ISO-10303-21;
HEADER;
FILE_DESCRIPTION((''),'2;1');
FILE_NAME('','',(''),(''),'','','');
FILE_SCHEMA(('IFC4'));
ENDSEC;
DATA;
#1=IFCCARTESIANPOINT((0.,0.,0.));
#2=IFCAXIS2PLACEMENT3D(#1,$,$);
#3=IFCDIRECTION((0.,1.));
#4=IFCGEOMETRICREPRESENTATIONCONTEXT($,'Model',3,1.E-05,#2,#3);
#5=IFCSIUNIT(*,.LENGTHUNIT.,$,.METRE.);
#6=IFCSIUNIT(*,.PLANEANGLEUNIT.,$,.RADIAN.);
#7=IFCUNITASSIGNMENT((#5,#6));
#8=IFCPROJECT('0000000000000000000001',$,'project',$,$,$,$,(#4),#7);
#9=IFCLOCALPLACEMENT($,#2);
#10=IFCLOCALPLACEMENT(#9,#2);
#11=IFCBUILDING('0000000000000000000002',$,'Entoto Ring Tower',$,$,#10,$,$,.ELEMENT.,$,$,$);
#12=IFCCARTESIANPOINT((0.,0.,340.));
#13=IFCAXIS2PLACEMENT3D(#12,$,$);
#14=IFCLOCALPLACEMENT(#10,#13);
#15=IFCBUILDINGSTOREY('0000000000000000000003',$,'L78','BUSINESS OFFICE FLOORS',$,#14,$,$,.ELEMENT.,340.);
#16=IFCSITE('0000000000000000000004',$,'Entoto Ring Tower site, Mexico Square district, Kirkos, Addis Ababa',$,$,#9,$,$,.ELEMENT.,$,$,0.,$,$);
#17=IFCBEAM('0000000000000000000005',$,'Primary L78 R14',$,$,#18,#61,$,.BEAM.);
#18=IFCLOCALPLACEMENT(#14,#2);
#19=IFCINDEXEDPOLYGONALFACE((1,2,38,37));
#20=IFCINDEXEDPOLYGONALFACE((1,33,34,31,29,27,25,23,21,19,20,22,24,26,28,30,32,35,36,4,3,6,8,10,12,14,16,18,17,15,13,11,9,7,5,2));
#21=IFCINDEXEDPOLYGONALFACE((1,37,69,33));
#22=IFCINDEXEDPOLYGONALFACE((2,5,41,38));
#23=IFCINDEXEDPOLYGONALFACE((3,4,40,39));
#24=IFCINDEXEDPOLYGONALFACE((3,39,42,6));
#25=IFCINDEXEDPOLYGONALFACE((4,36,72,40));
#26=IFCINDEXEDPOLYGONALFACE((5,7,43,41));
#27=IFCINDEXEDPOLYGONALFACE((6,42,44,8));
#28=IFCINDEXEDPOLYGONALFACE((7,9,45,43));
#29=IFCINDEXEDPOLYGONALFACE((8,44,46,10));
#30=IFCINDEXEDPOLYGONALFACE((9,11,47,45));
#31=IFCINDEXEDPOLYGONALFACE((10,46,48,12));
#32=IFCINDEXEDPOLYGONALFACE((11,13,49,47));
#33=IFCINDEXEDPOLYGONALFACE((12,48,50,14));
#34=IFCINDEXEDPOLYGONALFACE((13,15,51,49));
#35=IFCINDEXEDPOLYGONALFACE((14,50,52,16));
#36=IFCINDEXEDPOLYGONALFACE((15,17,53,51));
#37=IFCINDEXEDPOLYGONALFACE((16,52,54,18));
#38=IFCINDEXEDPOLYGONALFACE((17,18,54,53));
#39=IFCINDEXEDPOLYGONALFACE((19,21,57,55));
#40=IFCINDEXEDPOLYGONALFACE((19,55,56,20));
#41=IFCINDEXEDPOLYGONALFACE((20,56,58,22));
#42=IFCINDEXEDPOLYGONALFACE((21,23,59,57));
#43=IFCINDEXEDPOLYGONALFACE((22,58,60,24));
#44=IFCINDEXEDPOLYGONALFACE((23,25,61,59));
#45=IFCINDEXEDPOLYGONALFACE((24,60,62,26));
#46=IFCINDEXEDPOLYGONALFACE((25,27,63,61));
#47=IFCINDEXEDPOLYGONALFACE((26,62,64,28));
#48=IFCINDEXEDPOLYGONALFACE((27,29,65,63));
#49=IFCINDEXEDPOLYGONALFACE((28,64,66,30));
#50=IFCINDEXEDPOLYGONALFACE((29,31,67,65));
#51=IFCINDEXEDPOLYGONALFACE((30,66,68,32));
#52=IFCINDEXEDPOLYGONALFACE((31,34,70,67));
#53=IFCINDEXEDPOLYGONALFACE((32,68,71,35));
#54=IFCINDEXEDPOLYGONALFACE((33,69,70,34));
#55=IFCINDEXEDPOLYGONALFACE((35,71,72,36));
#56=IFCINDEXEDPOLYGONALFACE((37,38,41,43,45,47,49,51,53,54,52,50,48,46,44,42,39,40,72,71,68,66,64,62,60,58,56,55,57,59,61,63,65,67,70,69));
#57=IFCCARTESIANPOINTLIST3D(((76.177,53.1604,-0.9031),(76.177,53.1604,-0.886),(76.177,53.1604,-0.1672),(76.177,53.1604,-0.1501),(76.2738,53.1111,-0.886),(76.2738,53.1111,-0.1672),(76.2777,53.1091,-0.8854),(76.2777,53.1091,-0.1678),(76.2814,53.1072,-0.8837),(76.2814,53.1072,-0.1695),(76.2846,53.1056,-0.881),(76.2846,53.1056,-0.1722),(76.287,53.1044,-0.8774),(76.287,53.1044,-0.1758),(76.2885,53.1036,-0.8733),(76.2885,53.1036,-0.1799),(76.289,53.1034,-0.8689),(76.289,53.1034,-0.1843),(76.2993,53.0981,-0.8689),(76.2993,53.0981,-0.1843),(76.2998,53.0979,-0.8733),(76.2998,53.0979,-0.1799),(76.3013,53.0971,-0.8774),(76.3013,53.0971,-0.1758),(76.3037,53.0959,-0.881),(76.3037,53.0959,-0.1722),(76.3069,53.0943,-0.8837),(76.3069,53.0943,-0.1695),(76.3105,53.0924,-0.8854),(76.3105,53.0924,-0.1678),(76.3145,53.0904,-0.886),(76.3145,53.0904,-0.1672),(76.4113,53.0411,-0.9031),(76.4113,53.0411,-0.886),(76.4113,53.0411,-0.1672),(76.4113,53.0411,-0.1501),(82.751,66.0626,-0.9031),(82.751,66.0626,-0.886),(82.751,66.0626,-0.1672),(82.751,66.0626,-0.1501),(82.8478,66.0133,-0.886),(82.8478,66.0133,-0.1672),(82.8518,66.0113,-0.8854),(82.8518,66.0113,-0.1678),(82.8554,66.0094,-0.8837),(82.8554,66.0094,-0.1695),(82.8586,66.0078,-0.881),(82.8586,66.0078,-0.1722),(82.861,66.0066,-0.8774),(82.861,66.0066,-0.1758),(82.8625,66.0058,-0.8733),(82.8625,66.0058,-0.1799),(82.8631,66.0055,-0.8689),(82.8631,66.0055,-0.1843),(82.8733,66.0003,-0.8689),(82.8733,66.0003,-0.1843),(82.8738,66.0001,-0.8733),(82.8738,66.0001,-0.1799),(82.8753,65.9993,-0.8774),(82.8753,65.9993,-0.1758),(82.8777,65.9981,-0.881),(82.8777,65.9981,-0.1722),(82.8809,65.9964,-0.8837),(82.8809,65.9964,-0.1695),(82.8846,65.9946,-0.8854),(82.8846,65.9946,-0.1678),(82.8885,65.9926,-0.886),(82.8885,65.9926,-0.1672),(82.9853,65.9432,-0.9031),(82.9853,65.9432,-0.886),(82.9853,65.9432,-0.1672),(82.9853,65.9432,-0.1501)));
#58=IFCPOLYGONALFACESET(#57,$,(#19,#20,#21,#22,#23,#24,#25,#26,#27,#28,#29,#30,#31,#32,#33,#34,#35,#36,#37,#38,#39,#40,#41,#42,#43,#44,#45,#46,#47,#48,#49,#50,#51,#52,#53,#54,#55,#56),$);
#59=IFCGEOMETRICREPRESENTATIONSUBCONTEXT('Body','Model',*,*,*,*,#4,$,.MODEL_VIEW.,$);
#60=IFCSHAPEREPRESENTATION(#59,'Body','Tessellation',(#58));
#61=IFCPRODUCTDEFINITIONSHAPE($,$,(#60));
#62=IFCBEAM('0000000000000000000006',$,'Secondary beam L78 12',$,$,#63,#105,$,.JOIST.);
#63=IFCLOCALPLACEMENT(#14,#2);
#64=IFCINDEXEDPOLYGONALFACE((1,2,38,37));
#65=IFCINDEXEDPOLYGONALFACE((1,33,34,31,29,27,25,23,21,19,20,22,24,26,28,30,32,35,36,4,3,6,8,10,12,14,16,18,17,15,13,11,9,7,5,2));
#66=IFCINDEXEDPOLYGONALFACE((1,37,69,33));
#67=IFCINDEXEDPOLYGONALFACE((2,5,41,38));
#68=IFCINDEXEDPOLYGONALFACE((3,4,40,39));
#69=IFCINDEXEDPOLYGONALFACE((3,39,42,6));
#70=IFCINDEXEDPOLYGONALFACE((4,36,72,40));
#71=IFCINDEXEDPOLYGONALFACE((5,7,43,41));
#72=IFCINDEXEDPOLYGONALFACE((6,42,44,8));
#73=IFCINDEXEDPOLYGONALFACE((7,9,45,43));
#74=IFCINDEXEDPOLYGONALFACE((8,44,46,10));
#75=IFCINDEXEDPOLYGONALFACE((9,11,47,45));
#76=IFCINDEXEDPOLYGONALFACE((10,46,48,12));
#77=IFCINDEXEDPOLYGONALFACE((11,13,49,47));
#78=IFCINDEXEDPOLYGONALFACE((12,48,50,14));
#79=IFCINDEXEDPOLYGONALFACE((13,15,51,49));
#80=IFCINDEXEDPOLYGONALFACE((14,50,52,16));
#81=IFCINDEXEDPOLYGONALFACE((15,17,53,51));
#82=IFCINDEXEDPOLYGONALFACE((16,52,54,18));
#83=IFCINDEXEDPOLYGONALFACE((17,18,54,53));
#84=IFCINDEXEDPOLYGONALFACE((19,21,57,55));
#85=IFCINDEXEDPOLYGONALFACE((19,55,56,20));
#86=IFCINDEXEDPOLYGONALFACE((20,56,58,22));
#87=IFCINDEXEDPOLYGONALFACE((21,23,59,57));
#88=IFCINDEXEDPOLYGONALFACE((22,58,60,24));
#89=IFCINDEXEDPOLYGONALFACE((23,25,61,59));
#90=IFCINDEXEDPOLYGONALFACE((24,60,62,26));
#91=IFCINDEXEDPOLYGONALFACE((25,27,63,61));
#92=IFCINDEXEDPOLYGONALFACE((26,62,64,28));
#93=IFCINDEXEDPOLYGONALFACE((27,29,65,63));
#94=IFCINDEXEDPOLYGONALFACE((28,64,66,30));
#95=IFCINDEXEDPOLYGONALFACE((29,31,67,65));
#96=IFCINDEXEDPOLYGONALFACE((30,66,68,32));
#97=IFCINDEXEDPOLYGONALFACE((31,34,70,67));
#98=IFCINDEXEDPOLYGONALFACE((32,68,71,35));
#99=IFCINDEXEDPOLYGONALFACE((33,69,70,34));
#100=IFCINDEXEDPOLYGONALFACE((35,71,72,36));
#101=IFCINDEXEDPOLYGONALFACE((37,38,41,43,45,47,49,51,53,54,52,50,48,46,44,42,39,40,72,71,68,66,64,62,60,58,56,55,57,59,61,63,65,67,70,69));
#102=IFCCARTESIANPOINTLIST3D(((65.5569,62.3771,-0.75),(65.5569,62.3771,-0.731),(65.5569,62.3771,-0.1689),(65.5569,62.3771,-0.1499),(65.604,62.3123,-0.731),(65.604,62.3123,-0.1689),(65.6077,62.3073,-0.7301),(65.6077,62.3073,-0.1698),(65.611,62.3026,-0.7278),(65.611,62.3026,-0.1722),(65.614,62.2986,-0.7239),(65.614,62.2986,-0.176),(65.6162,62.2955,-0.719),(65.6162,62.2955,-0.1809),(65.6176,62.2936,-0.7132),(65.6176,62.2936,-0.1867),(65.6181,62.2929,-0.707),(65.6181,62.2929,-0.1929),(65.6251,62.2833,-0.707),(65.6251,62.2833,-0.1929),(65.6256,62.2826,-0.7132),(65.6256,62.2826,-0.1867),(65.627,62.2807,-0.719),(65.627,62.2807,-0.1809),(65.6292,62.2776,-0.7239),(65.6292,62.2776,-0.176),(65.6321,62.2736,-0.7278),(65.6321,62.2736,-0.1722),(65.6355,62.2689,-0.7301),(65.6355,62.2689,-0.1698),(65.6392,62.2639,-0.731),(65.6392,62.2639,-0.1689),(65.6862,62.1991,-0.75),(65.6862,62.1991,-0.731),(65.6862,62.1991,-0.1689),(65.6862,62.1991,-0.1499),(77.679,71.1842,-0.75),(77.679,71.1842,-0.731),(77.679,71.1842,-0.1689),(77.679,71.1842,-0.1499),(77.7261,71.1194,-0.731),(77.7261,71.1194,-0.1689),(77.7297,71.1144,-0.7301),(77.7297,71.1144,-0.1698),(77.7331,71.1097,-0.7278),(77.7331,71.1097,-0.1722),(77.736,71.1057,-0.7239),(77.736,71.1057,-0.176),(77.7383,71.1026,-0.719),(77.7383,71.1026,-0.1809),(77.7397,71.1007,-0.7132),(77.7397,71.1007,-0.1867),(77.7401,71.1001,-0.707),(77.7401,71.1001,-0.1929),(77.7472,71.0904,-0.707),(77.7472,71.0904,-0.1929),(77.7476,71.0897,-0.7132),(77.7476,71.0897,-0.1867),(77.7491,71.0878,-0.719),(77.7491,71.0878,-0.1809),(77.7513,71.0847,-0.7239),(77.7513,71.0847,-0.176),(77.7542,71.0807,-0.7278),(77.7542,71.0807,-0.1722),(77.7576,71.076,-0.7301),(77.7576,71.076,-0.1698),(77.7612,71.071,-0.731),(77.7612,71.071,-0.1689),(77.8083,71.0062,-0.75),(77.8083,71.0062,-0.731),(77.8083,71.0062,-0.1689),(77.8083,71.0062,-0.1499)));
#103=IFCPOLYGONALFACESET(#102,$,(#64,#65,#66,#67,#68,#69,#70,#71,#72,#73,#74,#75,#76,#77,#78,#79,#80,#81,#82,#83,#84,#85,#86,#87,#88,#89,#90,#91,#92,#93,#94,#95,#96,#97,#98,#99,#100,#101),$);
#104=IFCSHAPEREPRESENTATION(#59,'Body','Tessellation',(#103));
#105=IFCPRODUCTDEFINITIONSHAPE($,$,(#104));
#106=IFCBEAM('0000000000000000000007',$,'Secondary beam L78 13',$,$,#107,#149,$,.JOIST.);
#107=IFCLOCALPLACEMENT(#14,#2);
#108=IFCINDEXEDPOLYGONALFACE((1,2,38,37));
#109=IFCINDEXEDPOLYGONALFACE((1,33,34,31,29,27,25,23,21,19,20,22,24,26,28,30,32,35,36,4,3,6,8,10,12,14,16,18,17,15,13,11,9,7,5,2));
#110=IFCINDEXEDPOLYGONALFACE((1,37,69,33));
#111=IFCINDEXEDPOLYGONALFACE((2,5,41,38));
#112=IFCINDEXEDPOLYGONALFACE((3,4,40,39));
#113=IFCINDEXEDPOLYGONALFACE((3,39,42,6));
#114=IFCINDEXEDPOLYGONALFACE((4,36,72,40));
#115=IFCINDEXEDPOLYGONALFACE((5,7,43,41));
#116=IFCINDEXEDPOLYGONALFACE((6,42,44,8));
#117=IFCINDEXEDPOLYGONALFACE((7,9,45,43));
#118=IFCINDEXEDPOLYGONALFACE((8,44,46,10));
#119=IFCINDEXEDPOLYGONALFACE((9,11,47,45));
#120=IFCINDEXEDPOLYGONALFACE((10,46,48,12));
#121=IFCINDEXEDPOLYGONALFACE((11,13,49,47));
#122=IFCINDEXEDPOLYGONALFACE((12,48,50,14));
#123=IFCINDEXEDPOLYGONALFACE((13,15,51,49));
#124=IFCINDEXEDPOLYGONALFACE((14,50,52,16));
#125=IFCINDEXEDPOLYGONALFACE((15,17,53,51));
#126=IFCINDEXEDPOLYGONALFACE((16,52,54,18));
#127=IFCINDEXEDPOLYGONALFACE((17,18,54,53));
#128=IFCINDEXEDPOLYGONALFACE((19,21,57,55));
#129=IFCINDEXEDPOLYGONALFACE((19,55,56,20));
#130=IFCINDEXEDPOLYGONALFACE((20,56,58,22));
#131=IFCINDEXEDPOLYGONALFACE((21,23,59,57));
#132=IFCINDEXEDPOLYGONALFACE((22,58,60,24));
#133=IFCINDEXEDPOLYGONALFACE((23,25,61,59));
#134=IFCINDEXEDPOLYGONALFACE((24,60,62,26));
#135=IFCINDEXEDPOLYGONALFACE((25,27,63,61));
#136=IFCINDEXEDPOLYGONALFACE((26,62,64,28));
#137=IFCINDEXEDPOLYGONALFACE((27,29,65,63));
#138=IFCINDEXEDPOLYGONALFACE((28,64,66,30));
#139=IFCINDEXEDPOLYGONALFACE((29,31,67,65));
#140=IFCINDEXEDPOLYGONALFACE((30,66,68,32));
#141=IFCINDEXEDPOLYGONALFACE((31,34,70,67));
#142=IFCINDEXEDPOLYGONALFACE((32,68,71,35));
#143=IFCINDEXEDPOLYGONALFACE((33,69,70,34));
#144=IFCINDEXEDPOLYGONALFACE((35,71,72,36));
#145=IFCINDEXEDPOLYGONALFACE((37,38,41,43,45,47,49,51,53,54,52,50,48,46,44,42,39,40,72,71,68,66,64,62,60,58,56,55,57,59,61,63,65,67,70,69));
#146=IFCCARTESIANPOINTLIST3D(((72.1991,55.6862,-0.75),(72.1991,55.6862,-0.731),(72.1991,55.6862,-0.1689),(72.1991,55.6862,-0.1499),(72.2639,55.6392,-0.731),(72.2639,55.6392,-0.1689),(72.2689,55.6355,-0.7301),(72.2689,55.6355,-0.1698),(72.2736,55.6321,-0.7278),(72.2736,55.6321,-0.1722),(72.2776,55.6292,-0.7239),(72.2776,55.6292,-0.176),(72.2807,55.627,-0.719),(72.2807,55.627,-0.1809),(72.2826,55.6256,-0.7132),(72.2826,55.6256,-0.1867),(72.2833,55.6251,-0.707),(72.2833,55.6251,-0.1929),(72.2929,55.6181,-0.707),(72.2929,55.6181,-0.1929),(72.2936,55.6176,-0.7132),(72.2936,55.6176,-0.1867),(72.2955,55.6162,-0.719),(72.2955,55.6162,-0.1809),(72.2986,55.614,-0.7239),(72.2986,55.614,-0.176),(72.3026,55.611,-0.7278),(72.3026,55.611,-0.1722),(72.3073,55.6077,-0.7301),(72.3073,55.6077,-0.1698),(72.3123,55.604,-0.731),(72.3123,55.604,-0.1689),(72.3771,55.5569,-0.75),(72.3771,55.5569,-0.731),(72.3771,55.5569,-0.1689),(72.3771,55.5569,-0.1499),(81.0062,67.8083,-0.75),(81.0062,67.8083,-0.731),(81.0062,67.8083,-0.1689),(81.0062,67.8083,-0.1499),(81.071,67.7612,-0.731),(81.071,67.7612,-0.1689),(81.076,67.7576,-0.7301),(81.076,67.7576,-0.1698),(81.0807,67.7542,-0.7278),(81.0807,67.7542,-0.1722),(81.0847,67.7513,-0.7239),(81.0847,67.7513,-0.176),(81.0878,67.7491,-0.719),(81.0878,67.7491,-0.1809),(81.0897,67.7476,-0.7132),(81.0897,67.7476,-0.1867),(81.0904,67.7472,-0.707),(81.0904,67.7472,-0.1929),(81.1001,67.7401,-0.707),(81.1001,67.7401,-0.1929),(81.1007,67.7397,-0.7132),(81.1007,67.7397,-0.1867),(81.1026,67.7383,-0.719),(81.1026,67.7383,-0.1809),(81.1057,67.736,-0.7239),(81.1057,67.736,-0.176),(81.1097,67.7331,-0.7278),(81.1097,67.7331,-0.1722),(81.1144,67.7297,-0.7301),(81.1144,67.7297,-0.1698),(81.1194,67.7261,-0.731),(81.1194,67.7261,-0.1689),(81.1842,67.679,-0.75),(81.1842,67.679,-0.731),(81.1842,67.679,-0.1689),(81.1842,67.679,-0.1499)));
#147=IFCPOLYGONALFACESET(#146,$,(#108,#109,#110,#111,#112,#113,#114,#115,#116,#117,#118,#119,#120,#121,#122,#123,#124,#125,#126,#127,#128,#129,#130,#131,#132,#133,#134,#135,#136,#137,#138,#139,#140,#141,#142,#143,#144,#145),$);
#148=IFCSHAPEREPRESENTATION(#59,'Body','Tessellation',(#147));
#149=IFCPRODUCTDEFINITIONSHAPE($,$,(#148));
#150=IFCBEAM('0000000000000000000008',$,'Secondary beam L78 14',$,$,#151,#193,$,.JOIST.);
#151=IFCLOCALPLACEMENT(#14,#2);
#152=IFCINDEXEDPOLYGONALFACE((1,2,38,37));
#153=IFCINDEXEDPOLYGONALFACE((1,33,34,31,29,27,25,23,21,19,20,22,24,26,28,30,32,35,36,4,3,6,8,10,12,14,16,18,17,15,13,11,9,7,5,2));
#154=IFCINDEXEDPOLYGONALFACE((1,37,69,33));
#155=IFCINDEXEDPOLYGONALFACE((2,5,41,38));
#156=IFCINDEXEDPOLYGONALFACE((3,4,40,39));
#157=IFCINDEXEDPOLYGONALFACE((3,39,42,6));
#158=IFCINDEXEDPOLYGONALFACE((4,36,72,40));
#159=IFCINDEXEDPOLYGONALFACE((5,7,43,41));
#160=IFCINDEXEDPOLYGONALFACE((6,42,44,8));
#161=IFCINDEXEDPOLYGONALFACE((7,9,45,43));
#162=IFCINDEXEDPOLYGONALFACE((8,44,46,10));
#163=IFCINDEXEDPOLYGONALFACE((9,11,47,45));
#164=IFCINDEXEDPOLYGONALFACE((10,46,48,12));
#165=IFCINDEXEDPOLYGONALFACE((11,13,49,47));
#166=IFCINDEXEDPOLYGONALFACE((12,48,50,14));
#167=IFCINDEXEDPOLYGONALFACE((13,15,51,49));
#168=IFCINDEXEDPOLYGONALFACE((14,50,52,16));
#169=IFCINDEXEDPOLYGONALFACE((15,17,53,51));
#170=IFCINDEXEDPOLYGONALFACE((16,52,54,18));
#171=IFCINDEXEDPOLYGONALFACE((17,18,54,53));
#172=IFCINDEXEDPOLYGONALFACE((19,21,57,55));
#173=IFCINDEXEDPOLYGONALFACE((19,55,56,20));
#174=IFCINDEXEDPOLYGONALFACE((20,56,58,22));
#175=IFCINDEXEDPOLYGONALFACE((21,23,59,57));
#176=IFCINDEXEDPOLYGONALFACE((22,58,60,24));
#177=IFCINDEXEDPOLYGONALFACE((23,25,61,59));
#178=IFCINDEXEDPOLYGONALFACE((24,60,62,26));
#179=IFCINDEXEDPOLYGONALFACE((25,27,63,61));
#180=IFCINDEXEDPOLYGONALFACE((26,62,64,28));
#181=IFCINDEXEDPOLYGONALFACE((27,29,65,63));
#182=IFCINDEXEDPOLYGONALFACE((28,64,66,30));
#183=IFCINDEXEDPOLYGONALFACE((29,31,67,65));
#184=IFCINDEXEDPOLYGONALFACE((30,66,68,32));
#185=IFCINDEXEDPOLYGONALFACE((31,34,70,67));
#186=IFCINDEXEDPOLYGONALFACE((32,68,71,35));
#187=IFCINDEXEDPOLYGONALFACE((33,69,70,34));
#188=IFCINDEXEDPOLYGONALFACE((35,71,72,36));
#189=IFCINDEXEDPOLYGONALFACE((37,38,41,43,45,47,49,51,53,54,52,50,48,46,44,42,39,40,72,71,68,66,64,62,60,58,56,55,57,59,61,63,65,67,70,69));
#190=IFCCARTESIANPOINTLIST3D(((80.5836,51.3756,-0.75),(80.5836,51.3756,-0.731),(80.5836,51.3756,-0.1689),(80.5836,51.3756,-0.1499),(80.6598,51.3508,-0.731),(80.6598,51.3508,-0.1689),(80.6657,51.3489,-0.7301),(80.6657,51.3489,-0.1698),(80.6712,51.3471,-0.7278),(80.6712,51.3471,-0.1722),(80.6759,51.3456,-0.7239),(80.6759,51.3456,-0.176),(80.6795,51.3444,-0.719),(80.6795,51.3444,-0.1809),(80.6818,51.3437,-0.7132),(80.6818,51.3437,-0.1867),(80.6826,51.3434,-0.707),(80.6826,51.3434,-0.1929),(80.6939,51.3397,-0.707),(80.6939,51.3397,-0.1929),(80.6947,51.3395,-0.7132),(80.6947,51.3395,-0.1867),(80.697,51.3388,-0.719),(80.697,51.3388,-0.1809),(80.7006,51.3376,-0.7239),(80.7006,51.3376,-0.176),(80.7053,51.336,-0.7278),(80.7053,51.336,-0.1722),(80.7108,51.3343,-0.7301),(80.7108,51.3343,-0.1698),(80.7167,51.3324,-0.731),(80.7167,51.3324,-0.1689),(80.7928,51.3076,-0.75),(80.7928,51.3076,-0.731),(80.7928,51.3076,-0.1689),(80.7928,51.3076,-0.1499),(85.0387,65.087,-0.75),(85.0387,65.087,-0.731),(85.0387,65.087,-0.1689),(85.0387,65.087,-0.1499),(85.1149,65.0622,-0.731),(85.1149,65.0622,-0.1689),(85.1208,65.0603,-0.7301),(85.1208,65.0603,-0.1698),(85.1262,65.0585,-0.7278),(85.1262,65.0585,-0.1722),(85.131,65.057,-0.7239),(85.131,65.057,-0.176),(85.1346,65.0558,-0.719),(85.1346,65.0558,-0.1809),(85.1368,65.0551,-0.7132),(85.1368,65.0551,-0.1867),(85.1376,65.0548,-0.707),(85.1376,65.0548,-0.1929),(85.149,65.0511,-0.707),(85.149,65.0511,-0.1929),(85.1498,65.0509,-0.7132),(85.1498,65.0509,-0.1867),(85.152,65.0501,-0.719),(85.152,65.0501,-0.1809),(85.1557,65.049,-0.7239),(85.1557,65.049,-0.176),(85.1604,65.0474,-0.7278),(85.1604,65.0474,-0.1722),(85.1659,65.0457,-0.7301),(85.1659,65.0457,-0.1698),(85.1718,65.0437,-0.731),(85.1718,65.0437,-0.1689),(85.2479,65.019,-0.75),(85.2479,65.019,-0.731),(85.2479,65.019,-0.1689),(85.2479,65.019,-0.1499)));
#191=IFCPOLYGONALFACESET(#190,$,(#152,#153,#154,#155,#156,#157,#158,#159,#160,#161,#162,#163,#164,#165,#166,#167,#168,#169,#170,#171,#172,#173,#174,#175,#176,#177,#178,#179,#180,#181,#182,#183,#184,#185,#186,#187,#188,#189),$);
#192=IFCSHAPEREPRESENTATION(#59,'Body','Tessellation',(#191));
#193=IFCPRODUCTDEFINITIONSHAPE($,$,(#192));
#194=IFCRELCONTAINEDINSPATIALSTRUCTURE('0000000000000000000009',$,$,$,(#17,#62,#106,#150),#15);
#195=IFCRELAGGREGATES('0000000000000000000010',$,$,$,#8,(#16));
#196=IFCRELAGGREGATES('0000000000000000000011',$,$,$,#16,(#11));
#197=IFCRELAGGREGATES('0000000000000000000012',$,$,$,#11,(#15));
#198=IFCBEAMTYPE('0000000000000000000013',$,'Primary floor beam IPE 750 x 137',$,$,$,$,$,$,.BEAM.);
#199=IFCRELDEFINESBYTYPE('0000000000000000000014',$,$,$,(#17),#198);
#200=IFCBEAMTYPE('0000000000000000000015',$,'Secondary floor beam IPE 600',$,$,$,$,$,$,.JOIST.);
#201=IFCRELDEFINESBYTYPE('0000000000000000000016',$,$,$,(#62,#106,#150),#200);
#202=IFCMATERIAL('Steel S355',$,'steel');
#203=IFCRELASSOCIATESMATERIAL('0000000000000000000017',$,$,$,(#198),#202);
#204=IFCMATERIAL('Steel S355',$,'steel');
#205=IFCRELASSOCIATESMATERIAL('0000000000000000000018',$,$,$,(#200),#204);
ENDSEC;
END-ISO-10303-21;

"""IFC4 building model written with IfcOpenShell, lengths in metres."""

from ifc_helpers import new_model, si_unit, direction, frame, origin, origin_2d, place, context, subcontext, project, spatial, i_section, extrude, material, material_profile, profile_set, type_object, element, save


model = new_model("IFC4")

# Units and contexts
model_context = context("Model", 3, precision=1e-05, world=origin(), true_north=direction((0.0, 1.0)))
body_context = subcontext(model_context, "Body", "Model", "MODEL_VIEW")
ifc_project = project(units=[si_unit("LENGTHUNIT", "METRE"), si_unit("PLANEANGLEUNIT", "RADIAN")], contexts=[model_context])

# Site, building, storey
site_placement = place(None, origin())
site = spatial("IfcSite", under=ifc_project, at=site_placement, Name="Entoto Ring Tower site, Mexico Square district, Kirkos, Addis Ababa", CompositionType="ELEMENT", RefElevation=0.0)
building_placement = place(site_placement, origin())
building = spatial("IfcBuilding", under=site, at=building_placement, Name="Entoto Ring Tower", CompositionType="ELEMENT")
storey_placement = place(building_placement, frame((0.0, 0.0, 340.0)))
storey = spatial("IfcBuildingStorey", under=building, at=storey_placement, Name="L78", Description="BUSINESS OFFICE FLOORS", CompositionType="ELEMENT", Elevation=340.0)

# Beams
ifc_material_1 = material(Name="Steel S355", Category="steel")
ifc_material_profile_1 = material_profile(ifc_material_1, i_section(OverallWidth=0.2629, OverallDepth=0.7529, WebThickness=0.0115, FlangeThickness=0.0171, FilletRadius=0.0171, at=origin_2d()), Name="IPE 750 x 137")
ifc_profile_set_1 = profile_set([ifc_material_profile_1], Name="Steel S355")
beam_type_1 = type_object("IfcBeamType", Name="Primary floor beam IPE 750 x 137", PredefinedType="BEAM", material=ifc_profile_set_1)
beam_1_placement = place(storey_placement, frame((82.8682, 66.0029, -0.5266), z_axis=(-0.453992, -0.891006, 0.0), x_axis=(0.891006, -0.453992, 0.0)))
element("IfcBeam", 1, at=beam_1_placement, inside=storey, type_object=beam_type_1, Name="Primary L78 R14", PredefinedType="BEAM", context=body_context, shape_type="SweptSolid", body=[
    extrude(i_section(OverallWidth=0.2629, OverallDepth=0.7529, WebThickness=0.0115, FlangeThickness=0.0171, FilletRadius=0.0171, at=origin_2d()), origin(), (0.0, 0.0, 1.0), 14.4805),
])
ifc_material_2 = material(Name="Steel S355", Category="steel")
ifc_material_profile_2 = material_profile(ifc_material_2, i_section(OverallWidth=0.22, OverallDepth=0.6001, WebThickness=0.012, FlangeThickness=0.019, FilletRadius=0.0239, at=origin_2d()), Name="IPE 600")
ifc_profile_set_2 = profile_set([ifc_material_profile_2], Name="Steel S355")
beam_type_2 = type_object("IfcBeamType", Name="Secondary floor beam IPE 600", PredefinedType="JOIST", material=ifc_profile_set_2)
for number, where, z_axis, x_axis, name in (
    (2, (77.7437, 71.0952, -0.45), (-0.809019, -0.587782, 0.0), (0.587782, -0.809019, 0.0), "Secondary beam L78 12"),
    (3, (81.0952, 67.7437, -0.45), (-0.587782, -0.809019, 0.0), (0.809019, -0.587782, 0.0), "Secondary beam L78 13"),
):
    element("IfcBeam", number, at=place(storey_placement, frame(where, z_axis=z_axis, x_axis=x_axis)), inside=storey, type_object=beam_type_2, Name=name, PredefinedType="JOIST", context=body_context, shape_type="SweptSolid", body=[
        extrude(i_section(OverallWidth=0.22, OverallDepth=0.6001, WebThickness=0.012, FlangeThickness=0.019, FilletRadius=0.0239, at=origin_2d()), origin(), (0.0, 0.0, 1.0), 14.9836),
    ])
beam_2_placement = place(storey_placement, frame((85.1433, 65.053, -0.45), z_axis=(-0.309015, -0.951057, 0.0), x_axis=(0.951057, -0.309015, 0.0)))
element("IfcBeam", 4, at=beam_2_placement, inside=storey, type_object=beam_type_2, Name="Secondary beam L78 14", PredefinedType="JOIST", context=body_context, shape_type="SweptSolid", body=[
    extrude(i_section(OverallWidth=0.22, OverallDepth=0.6001, WebThickness=0.012, FlangeThickness=0.019, FilletRadius=0.0239, at=origin_2d()), origin(), (0.0, 0.0, 1.0), 14.417),
])

save(model, "model.ifc")
